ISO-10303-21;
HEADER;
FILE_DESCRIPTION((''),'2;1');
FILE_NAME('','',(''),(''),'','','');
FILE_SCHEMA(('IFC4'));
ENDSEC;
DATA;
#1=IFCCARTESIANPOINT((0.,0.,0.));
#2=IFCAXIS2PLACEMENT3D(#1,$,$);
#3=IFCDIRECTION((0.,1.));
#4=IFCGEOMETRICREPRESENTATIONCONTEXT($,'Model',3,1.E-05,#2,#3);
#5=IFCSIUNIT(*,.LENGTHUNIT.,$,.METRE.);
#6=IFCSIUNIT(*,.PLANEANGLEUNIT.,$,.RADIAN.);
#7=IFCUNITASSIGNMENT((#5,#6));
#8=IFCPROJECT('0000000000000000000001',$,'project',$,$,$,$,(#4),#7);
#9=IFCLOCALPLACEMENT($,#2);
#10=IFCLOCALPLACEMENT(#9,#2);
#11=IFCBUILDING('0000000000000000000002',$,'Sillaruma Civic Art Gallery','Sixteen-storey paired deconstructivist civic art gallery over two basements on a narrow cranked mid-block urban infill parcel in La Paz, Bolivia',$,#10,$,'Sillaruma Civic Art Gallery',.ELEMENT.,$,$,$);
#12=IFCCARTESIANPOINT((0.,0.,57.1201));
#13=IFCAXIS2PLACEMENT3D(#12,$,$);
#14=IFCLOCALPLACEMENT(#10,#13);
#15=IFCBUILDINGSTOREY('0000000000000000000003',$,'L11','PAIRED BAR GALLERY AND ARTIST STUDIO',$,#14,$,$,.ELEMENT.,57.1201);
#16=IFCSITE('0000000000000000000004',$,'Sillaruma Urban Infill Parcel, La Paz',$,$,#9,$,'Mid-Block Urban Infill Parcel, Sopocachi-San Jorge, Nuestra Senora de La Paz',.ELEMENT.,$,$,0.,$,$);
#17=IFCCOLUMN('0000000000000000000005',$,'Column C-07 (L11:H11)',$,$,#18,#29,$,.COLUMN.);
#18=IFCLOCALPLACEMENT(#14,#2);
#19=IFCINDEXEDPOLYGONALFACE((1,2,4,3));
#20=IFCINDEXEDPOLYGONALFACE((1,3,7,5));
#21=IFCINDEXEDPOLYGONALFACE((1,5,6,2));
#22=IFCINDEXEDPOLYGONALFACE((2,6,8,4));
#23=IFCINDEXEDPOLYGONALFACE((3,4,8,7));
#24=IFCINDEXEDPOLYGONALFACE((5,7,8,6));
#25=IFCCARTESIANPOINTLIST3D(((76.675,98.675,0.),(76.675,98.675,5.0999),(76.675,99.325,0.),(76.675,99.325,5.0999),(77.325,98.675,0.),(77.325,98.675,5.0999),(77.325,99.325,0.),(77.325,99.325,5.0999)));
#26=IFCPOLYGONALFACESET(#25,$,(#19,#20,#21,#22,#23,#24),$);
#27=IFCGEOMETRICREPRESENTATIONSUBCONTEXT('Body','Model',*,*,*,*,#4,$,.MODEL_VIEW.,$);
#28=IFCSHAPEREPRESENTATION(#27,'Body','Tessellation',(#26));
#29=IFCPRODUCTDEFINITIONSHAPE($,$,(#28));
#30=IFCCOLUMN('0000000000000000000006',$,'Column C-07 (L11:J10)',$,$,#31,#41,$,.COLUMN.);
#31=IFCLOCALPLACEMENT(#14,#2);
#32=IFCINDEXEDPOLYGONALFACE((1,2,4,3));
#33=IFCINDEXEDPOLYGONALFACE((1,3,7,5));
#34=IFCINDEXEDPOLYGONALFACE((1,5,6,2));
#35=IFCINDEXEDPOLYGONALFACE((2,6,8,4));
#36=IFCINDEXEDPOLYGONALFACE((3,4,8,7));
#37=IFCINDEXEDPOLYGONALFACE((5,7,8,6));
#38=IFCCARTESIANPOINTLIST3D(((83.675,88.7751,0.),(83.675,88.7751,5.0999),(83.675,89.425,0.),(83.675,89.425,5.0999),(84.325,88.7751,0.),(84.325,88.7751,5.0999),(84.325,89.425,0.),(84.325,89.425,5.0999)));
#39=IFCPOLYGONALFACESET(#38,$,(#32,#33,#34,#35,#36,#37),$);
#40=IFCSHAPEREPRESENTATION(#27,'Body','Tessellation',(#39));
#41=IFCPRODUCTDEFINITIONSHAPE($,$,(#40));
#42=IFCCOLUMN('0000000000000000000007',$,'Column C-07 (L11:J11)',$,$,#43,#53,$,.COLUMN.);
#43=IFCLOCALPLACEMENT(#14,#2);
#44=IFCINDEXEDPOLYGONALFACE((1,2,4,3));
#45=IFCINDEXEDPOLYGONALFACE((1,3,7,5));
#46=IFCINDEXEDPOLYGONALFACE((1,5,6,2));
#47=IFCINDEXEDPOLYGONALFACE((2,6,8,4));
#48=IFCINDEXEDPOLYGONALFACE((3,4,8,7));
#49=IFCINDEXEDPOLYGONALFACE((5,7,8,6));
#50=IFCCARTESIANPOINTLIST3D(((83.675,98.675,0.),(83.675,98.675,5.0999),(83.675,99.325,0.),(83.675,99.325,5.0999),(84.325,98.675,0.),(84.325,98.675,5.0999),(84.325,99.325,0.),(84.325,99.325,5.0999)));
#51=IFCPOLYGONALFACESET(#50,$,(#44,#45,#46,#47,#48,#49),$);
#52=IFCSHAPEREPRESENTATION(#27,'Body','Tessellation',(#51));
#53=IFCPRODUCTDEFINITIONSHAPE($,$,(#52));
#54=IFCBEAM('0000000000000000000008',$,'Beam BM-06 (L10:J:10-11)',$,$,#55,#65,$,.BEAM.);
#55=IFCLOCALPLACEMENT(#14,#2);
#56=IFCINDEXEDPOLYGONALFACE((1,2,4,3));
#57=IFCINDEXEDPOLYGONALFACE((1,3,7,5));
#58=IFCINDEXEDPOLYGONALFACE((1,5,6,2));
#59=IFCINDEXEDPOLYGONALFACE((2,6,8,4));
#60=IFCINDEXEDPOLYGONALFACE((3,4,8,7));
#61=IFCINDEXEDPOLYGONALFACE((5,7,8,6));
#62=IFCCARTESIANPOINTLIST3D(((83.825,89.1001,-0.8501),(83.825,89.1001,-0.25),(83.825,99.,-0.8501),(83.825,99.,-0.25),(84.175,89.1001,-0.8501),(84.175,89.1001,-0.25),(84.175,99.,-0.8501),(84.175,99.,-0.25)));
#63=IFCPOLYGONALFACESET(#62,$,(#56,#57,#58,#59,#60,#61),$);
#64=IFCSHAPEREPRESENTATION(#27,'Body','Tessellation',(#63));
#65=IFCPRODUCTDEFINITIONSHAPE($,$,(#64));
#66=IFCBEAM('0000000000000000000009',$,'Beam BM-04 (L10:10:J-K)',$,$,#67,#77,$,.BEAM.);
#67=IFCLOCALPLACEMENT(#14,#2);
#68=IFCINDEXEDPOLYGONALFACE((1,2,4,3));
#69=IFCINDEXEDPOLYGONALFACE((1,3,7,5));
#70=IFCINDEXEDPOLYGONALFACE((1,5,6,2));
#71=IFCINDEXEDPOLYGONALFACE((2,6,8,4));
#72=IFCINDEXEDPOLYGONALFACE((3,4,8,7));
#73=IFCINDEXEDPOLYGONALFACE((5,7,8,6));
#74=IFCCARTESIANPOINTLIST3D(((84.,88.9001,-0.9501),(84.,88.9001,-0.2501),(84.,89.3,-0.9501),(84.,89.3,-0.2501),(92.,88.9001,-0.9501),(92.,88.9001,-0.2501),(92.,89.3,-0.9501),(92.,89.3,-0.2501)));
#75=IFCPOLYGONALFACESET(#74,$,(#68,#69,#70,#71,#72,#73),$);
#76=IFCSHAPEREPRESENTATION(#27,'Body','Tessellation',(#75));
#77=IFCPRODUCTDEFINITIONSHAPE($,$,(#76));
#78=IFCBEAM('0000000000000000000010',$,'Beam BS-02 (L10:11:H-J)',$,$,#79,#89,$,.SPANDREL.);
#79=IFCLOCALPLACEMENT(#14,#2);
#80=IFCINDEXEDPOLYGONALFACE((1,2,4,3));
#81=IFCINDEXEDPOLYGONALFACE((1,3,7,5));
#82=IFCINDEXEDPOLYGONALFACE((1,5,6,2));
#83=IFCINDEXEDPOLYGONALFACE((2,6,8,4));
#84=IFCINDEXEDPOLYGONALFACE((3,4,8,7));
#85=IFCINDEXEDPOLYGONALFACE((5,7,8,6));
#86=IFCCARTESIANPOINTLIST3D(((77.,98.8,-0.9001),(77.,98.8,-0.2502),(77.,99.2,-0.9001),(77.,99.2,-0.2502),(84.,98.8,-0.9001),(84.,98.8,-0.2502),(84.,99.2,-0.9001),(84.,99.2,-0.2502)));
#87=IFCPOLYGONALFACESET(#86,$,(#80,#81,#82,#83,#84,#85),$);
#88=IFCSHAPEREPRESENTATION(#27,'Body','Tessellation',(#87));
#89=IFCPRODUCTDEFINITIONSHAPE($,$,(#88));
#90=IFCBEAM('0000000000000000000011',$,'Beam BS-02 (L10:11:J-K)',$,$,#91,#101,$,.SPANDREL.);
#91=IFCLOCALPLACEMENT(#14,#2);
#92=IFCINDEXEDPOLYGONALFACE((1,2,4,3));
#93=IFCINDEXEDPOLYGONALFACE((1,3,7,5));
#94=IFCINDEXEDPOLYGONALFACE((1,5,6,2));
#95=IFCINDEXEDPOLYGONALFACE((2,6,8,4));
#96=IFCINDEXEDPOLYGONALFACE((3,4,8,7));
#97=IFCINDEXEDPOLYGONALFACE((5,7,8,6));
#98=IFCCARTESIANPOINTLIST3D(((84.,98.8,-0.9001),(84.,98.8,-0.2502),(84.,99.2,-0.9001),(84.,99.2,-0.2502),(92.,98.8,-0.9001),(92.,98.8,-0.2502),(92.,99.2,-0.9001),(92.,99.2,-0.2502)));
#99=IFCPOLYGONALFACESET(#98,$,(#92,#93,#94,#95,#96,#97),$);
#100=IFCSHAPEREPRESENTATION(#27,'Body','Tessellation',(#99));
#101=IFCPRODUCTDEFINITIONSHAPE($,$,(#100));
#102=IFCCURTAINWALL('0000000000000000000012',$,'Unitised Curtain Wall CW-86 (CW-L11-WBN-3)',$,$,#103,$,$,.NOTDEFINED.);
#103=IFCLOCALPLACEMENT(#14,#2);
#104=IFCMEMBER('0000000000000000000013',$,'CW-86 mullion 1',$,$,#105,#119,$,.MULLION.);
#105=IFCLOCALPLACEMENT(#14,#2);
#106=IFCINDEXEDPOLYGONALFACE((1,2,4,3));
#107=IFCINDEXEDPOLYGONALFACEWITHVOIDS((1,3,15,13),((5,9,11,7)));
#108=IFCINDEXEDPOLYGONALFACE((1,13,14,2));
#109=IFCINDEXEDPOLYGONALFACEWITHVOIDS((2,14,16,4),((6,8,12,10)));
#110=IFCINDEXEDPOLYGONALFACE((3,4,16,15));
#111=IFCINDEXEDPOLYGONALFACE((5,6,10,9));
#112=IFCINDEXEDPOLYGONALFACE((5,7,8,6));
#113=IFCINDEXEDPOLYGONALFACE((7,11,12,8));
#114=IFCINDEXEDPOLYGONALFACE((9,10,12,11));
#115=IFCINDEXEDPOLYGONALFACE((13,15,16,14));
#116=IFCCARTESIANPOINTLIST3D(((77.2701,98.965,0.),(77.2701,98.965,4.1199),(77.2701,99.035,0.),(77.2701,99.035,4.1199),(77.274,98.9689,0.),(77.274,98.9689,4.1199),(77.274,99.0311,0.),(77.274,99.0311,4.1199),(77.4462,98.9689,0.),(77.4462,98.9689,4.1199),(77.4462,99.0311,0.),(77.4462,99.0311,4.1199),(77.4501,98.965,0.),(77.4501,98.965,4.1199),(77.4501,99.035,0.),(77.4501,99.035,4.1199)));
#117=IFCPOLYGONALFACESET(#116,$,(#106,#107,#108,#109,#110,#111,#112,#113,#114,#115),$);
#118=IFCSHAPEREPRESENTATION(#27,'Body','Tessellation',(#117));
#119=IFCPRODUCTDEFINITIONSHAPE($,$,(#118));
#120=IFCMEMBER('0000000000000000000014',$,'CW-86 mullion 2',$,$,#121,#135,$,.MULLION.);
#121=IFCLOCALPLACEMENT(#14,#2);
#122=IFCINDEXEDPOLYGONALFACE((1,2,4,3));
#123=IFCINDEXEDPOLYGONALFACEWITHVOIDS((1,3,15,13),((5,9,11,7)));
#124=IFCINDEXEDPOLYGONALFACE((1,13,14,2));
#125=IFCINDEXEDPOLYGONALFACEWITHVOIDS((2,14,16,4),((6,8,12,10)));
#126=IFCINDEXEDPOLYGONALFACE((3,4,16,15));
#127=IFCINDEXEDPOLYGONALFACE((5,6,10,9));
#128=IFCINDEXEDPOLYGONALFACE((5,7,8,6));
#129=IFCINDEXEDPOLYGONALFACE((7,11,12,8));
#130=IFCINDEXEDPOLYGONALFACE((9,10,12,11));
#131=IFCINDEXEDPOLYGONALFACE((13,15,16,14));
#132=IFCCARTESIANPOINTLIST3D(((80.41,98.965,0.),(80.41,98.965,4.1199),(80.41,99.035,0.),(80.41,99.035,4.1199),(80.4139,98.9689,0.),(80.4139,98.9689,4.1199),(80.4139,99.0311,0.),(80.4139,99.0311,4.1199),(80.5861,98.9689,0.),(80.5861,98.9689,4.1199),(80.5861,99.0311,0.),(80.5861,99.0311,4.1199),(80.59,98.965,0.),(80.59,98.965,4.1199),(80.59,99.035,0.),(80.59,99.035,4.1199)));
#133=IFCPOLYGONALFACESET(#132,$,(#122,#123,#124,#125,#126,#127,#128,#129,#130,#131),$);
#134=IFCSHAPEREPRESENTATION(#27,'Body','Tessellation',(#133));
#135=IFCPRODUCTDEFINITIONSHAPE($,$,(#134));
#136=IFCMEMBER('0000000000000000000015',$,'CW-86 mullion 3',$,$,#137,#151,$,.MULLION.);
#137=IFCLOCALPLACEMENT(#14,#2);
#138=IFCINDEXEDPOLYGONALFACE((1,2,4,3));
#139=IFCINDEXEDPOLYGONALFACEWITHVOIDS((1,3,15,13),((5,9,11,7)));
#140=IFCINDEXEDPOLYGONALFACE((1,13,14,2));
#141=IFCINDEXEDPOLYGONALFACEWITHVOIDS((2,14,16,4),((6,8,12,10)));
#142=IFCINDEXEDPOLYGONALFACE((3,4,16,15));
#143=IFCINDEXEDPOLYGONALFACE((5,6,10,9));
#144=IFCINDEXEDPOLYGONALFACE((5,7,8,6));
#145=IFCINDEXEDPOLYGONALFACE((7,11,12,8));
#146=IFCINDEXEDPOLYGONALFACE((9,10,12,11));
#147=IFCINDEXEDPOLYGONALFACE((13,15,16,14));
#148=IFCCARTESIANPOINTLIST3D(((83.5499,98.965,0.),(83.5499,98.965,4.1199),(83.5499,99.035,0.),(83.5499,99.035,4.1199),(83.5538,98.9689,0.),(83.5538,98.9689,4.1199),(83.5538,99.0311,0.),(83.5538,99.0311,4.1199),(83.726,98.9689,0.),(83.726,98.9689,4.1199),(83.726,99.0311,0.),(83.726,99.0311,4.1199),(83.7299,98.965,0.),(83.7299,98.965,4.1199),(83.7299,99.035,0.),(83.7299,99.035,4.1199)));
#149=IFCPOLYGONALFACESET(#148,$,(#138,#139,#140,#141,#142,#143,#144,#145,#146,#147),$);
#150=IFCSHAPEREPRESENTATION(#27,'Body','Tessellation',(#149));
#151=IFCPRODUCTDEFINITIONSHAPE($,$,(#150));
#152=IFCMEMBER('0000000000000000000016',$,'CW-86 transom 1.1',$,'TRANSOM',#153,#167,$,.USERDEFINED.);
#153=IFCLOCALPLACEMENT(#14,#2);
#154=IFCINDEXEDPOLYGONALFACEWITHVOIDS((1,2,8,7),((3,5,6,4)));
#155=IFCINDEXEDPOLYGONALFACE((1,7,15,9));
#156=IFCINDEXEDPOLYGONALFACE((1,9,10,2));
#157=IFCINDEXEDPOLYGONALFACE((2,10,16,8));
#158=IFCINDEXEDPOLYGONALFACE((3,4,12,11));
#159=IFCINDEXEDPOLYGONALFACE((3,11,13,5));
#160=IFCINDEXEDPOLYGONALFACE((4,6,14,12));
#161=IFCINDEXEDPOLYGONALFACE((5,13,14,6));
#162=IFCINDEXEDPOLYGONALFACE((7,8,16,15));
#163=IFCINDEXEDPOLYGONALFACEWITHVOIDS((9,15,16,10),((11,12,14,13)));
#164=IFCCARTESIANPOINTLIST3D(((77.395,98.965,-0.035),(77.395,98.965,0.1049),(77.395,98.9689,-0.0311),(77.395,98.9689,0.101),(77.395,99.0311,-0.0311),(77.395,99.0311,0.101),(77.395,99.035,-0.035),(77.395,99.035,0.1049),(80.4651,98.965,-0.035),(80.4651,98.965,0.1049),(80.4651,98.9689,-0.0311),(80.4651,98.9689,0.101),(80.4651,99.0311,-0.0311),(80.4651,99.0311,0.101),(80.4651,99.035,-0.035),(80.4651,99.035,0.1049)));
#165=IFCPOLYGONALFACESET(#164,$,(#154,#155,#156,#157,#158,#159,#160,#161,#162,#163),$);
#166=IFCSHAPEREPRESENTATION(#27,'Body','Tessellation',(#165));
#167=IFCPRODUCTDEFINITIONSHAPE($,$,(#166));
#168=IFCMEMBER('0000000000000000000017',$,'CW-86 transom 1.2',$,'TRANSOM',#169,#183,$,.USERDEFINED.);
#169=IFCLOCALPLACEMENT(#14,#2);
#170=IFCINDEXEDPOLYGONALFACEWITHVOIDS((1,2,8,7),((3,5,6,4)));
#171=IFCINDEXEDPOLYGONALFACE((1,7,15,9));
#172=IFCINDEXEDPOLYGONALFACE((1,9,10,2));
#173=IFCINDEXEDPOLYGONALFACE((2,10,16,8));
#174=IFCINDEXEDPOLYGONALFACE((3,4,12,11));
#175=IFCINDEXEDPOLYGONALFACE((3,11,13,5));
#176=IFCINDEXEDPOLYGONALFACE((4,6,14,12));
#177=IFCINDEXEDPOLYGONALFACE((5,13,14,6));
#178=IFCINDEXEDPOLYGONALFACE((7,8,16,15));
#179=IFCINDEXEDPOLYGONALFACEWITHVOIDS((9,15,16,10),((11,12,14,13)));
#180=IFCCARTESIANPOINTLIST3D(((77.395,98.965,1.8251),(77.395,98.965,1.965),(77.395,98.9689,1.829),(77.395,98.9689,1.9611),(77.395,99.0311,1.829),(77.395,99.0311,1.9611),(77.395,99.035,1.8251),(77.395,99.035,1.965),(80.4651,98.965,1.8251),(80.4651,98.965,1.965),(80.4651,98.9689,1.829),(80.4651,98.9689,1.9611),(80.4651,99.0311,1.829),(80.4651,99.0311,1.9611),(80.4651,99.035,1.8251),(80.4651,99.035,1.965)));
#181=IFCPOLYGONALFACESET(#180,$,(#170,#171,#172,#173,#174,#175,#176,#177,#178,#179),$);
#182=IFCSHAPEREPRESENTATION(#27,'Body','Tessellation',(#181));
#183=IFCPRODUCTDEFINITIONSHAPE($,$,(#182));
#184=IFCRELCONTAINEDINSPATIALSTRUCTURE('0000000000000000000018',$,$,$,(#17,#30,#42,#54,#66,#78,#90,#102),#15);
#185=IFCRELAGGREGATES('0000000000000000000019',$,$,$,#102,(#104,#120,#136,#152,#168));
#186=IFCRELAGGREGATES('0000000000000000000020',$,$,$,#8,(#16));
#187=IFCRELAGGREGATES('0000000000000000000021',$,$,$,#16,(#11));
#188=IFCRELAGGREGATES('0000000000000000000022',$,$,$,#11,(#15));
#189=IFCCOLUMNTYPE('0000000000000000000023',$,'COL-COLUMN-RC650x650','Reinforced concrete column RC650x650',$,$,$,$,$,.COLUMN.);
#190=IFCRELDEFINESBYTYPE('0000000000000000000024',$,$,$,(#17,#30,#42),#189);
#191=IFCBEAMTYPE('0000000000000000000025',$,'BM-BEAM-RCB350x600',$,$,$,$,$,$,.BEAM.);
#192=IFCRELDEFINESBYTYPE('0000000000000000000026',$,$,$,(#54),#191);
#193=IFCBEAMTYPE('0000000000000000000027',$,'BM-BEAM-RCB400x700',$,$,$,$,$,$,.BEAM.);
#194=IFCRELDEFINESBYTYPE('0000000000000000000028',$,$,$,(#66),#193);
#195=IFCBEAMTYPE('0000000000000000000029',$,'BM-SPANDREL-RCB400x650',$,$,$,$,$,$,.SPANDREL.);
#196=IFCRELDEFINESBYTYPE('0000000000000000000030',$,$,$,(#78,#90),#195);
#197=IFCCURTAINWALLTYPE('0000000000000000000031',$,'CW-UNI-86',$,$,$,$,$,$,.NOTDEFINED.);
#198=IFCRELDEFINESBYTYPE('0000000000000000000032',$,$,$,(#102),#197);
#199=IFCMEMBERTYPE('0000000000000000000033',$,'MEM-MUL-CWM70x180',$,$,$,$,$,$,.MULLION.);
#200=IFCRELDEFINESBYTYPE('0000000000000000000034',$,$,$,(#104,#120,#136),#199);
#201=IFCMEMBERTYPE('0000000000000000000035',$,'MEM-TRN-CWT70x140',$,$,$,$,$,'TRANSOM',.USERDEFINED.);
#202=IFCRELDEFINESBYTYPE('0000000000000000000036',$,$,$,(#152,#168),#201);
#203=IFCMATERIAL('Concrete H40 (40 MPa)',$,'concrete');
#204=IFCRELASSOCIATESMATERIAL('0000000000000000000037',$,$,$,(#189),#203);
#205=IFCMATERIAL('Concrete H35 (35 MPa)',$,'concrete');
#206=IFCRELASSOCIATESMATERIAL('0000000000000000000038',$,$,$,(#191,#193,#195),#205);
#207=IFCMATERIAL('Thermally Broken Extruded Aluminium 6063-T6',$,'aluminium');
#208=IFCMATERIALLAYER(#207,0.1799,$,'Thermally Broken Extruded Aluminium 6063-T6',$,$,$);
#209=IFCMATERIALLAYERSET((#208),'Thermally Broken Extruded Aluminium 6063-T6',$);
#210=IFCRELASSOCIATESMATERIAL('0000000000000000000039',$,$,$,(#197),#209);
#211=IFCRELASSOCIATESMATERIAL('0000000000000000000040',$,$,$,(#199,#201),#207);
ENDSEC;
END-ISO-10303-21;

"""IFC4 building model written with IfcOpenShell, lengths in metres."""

from ifc_helpers import new_model, si_unit, direction, frame, origin, origin_2d, place, context, subcontext, project, spatial, rectangle, hollow_rectangle, extrude, material, layer, layer_set, material_profile, profile_set, type_object, element, aggregate, save


model = new_model("IFC4")

# Units and contexts
model_context = context("Model", 3, precision=1e-05, world=origin(), true_north=direction((0.0, 1.0)))
body_context = subcontext(model_context, "Body", "Model", "MODEL_VIEW")
ifc_project = project(units=[si_unit("LENGTHUNIT", "METRE"), si_unit("PLANEANGLEUNIT", "RADIAN")], contexts=[model_context])

# Site, building, storey
site_placement = place(None, origin())
site = spatial("IfcSite", under=ifc_project, at=site_placement, Name="Sillaruma Urban Infill Parcel, La Paz", LongName="Mid-Block Urban Infill Parcel, Sopocachi-San Jorge, Nuestra Senora de La Paz", CompositionType="ELEMENT", RefElevation=0.0)
building_placement = place(site_placement, origin())
building = spatial("IfcBuilding", under=site, at=building_placement, Name="Sillaruma Civic Art Gallery", Description="Sixteen-storey paired deconstructivist civic art gallery over two basements on a narrow cranked mid-block urban infill parcel in La Paz, Bolivia", LongName="Sillaruma Civic Art Gallery", CompositionType="ELEMENT")
storey_placement = place(building_placement, frame((0.0, 0.0, 57.1201)))
storey = spatial("IfcBuildingStorey", under=building, at=storey_placement, Name="L11", Description="PAIRED BAR GALLERY AND ARTIST STUDIO", CompositionType="ELEMENT", Elevation=57.1201)

# Columns
ifc_material_1 = material(Name="Concrete H40 (40 MPa)", Category="concrete")
ifc_material_profile_1 = material_profile(ifc_material_1, rectangle(XDim=0.6499, YDim=0.6499, at=origin_2d()), Name="RC650x650")
ifc_profile_set_1 = profile_set([ifc_material_profile_1], Name="Concrete H40 (40 MPa)")
column_type = type_object("IfcColumnType", Name="COL-COLUMN-RC650x650", Description="Reinforced concrete column RC650x650", PredefinedType="COLUMN", material=ifc_profile_set_1)
for number, where, z_axis, x_axis, name in (
    (1, (77.0, 99.0, 0.0), (0.0, 0.0, 1.0), (1.0, 0.0, 0.0), "Column C-07 (L11:H11)"),
    (2, (84.0, 89.1001, 0.0), (0.0, 0.0, 1.0), (1.0, 0.0, 0.0), "Column C-07 (L11:J10)"),
    (3, (84.0, 99.0, 0.0), (0.0, 0.0, 1.0), (1.0, 0.0, 0.0), "Column C-07 (L11:J11)"),
):
    element("IfcColumn", number, at=place(storey_placement, frame(where, z_axis=z_axis, x_axis=x_axis)), inside=storey, type_object=column_type, Name=name, PredefinedType="COLUMN", context=body_context, shape_type="SweptSolid", body=[
        extrude(rectangle(XDim=0.6499, YDim=0.6499, at=origin_2d()), origin(), (0.0, 0.0, 1.0), 5.0999),
    ])

# Beams
ifc_material_2 = material(Name="Concrete H35 (35 MPa)", Category="concrete")
ifc_material_profile_2 = material_profile(ifc_material_2, rectangle(XDim=0.3501, YDim=0.6001, at=origin_2d()), Name="RCB350x600")
ifc_profile_set_2 = profile_set([ifc_material_profile_2], Name="Concrete H35 (35 MPa)")
beam_type_1 = type_object("IfcBeamType", Name="BM-BEAM-RCB350x600", PredefinedType="BEAM", material=ifc_profile_set_2)
beam_1_placement = place(storey_placement, frame((84.0, 89.1001, -0.55), z_axis=(0.0, 1.0, 0.0), x_axis=(-1.0, 0.0, 0.0)))
element("IfcBeam", 4, at=beam_1_placement, inside=storey, type_object=beam_type_1, Name="Beam BM-06 (L10:J:10-11)", PredefinedType="BEAM", context=body_context, shape_type="SweptSolid", body=[
    extrude(rectangle(XDim=0.3501, YDim=0.6001, at=origin_2d()), origin(), (0.0, 0.0, 1.0), 9.8999),
])
ifc_material_profile_3 = material_profile(ifc_material_2, rectangle(XDim=0.3999, YDim=0.7, at=origin_2d()), Name="RCB400x700")
ifc_profile_set_3 = profile_set([ifc_material_profile_3], Name="Concrete H35 (35 MPa)")
beam_type_2 = type_object("IfcBeamType", Name="BM-BEAM-RCB400x700", PredefinedType="BEAM", material=ifc_profile_set_3)
beam_2_placement = place(storey_placement, frame((84.0, 89.1001, -0.6001), z_axis=(1.0, 0.0, 0.0), x_axis=(0.0, 1.0, 0.0)))
element("IfcBeam", 5, at=beam_2_placement, inside=storey, type_object=beam_type_2, Name="Beam BM-04 (L10:10:J-K)", PredefinedType="BEAM", context=body_context, shape_type="SweptSolid", body=[
    extrude(rectangle(XDim=0.3999, YDim=0.7, at=origin_2d()), origin(), (0.0, 0.0, 1.0), 8.0),
])
ifc_material_profile_4 = material_profile(ifc_material_2, rectangle(XDim=0.3999, YDim=0.6499, at=origin_2d()), Name="RCB400x650")
ifc_profile_set_4 = profile_set([ifc_material_profile_4], Name="Concrete H35 (35 MPa)")
beam_type_3 = type_object("IfcBeamType", Name="BM-SPANDREL-RCB400x650", PredefinedType="SPANDREL", material=ifc_profile_set_4)
beam_3_placement = place(storey_placement, frame((77.0, 99.0, -0.5752), z_axis=(1.0, 0.0, 0.0), x_axis=(0.0, 1.0, 0.0)))
element("IfcBeam", 6, at=beam_3_placement, inside=storey, type_object=beam_type_3, Name="Beam BS-02 (L10:11:H-J)", PredefinedType="SPANDREL", context=body_context, shape_type="SweptSolid", body=[
    extrude(rectangle(XDim=0.3999, YDim=0.6499, at=origin_2d()), origin(), (0.0, 0.0, 1.0), 7.0),
])
beam_4_placement = place(storey_placement, frame((84.0, 99.0, -0.5752), z_axis=(1.0, 0.0, 0.0), x_axis=(0.0, 1.0, 0.0)))
element("IfcBeam", 7, at=beam_4_placement, inside=storey, type_object=beam_type_3, Name="Beam BS-02 (L10:11:J-K)", PredefinedType="SPANDREL", context=body_context, shape_type="SweptSolid", body=[
    extrude(rectangle(XDim=0.3999, YDim=0.6499, at=origin_2d()), origin(), (0.0, 0.0, 1.0), 8.0),
])

# Curtain wall, members
ifc_material_3 = material(Name="Thermally Broken Extruded Aluminium 6063-T6", Category="aluminium")
ifc_layer_1 = layer(ifc_material_3, 0.1799, Name="Thermally Broken Extruded Aluminium 6063-T6")
ifc_layer_set_1 = layer_set([ifc_layer_1], Name="Thermally Broken Extruded Aluminium 6063-T6")
curtain_wall_type = type_object("IfcCurtainWallType", Name="CW-UNI-86", PredefinedType="NOTDEFINED", material=ifc_layer_set_1)
curtain_wall_placement = place(storey_placement, origin())
curtain_wall = element("IfcCurtainWall", 8, at=curtain_wall_placement, inside=storey, type_object=curtain_wall_type, Name="Unitised Curtain Wall CW-86 (CW-L11-WBN-3)", PredefinedType="NOTDEFINED")
ifc_material_profile_5 = material_profile(ifc_material_3, hollow_rectangle(XDim=0.0701, YDim=0.1799, WallThickness=0.0039, at=origin_2d()), Name="CWM70x180")
ifc_profile_set_5 = profile_set([ifc_material_profile_5], Name="Thermally Broken Extruded Aluminium 6063-T6")
member_type_1 = type_object("IfcMemberType", Name="MEM-MUL-CWM70x180", PredefinedType="MULLION", material=ifc_profile_set_5)
member_1_placement = place(storey_placement, frame((77.3601, 99.0, 0.0), z_axis=(0.0, 0.0, 1.0), x_axis=(0.0, 1.0, 0.0)))
member_1 = element("IfcMember", 9, at=member_1_placement, type_object=member_type_1, Name="CW-86 mullion 1", PredefinedType="MULLION", context=body_context, shape_type="SweptSolid", body=[
    extrude(hollow_rectangle(XDim=0.0701, YDim=0.1799, WallThickness=0.0039, at=origin_2d()), origin(), (0.0, 0.0, 1.0), 4.1199),
])
member_2_placement = place(storey_placement, frame((80.5, 99.0, 0.0), z_axis=(0.0, 0.0, 1.0), x_axis=(0.0, 1.0, 0.0)))
member_2 = element("IfcMember", 10, at=member_2_placement, type_object=member_type_1, Name="CW-86 mullion 2", PredefinedType="MULLION", context=body_context, shape_type="SweptSolid", body=[
    extrude(hollow_rectangle(XDim=0.0701, YDim=0.1799, WallThickness=0.0039, at=origin_2d()), origin(), (0.0, 0.0, 1.0), 4.1199),
])
member_3_placement = place(storey_placement, frame((83.6399, 99.0, 0.0), z_axis=(0.0, 0.0, 1.0), x_axis=(0.0, 1.0, 0.0)))
member_3 = element("IfcMember", 11, at=member_3_placement, type_object=member_type_1, Name="CW-86 mullion 3", PredefinedType="MULLION", context=body_context, shape_type="SweptSolid", body=[
    extrude(hollow_rectangle(XDim=0.0701, YDim=0.1799, WallThickness=0.0039, at=origin_2d()), origin(), (0.0, 0.0, 1.0), 4.1199),
])
ifc_material_profile_6 = material_profile(ifc_material_3, hollow_rectangle(XDim=0.0701, YDim=0.1399, WallThickness=0.0039, at=origin_2d()), Name="CWT70x140")
ifc_profile_set_6 = profile_set([ifc_material_profile_6], Name="Thermally Broken Extruded Aluminium 6063-T6")
member_type_2 = type_object("IfcMemberType", Name="MEM-TRN-CWT70x140", ElementType="TRANSOM", PredefinedType="USERDEFINED", material=ifc_profile_set_6)
member_4_placement = place(storey_placement, frame((77.395, 99.0, 0.0349), z_axis=(1.0, 0.0, 0.0), x_axis=(0.0, 1.0, 0.0)))
member_4 = element("IfcMember", 12, at=member_4_placement, type_object=member_type_2, Name="CW-86 transom 1.1", ObjectType="TRANSOM", PredefinedType="USERDEFINED", context=body_context, shape_type="SweptSolid", body=[
    extrude(hollow_rectangle(XDim=0.0701, YDim=0.1399, WallThickness=0.0039, at=origin_2d()), origin(), (0.0, 0.0, 1.0), 3.0701),
])
member_5_placement = place(storey_placement, frame((77.395, 99.0, 1.895), z_axis=(1.0, 0.0, 0.0), x_axis=(0.0, 1.0, 0.0)))
member_5 = element("IfcMember", 13, at=member_5_placement, type_object=member_type_2, Name="CW-86 transom 1.2", ObjectType="TRANSOM", PredefinedType="USERDEFINED", context=body_context, shape_type="SweptSolid", body=[
    extrude(hollow_rectangle(XDim=0.0701, YDim=0.1399, WallThickness=0.0039, at=origin_2d()), origin(), (0.0, 0.0, 1.0), 3.0701),
])
aggregate(curtain_wall, [member_1, member_2, member_3, member_4, member_5])

save(model, "model.ifc")
